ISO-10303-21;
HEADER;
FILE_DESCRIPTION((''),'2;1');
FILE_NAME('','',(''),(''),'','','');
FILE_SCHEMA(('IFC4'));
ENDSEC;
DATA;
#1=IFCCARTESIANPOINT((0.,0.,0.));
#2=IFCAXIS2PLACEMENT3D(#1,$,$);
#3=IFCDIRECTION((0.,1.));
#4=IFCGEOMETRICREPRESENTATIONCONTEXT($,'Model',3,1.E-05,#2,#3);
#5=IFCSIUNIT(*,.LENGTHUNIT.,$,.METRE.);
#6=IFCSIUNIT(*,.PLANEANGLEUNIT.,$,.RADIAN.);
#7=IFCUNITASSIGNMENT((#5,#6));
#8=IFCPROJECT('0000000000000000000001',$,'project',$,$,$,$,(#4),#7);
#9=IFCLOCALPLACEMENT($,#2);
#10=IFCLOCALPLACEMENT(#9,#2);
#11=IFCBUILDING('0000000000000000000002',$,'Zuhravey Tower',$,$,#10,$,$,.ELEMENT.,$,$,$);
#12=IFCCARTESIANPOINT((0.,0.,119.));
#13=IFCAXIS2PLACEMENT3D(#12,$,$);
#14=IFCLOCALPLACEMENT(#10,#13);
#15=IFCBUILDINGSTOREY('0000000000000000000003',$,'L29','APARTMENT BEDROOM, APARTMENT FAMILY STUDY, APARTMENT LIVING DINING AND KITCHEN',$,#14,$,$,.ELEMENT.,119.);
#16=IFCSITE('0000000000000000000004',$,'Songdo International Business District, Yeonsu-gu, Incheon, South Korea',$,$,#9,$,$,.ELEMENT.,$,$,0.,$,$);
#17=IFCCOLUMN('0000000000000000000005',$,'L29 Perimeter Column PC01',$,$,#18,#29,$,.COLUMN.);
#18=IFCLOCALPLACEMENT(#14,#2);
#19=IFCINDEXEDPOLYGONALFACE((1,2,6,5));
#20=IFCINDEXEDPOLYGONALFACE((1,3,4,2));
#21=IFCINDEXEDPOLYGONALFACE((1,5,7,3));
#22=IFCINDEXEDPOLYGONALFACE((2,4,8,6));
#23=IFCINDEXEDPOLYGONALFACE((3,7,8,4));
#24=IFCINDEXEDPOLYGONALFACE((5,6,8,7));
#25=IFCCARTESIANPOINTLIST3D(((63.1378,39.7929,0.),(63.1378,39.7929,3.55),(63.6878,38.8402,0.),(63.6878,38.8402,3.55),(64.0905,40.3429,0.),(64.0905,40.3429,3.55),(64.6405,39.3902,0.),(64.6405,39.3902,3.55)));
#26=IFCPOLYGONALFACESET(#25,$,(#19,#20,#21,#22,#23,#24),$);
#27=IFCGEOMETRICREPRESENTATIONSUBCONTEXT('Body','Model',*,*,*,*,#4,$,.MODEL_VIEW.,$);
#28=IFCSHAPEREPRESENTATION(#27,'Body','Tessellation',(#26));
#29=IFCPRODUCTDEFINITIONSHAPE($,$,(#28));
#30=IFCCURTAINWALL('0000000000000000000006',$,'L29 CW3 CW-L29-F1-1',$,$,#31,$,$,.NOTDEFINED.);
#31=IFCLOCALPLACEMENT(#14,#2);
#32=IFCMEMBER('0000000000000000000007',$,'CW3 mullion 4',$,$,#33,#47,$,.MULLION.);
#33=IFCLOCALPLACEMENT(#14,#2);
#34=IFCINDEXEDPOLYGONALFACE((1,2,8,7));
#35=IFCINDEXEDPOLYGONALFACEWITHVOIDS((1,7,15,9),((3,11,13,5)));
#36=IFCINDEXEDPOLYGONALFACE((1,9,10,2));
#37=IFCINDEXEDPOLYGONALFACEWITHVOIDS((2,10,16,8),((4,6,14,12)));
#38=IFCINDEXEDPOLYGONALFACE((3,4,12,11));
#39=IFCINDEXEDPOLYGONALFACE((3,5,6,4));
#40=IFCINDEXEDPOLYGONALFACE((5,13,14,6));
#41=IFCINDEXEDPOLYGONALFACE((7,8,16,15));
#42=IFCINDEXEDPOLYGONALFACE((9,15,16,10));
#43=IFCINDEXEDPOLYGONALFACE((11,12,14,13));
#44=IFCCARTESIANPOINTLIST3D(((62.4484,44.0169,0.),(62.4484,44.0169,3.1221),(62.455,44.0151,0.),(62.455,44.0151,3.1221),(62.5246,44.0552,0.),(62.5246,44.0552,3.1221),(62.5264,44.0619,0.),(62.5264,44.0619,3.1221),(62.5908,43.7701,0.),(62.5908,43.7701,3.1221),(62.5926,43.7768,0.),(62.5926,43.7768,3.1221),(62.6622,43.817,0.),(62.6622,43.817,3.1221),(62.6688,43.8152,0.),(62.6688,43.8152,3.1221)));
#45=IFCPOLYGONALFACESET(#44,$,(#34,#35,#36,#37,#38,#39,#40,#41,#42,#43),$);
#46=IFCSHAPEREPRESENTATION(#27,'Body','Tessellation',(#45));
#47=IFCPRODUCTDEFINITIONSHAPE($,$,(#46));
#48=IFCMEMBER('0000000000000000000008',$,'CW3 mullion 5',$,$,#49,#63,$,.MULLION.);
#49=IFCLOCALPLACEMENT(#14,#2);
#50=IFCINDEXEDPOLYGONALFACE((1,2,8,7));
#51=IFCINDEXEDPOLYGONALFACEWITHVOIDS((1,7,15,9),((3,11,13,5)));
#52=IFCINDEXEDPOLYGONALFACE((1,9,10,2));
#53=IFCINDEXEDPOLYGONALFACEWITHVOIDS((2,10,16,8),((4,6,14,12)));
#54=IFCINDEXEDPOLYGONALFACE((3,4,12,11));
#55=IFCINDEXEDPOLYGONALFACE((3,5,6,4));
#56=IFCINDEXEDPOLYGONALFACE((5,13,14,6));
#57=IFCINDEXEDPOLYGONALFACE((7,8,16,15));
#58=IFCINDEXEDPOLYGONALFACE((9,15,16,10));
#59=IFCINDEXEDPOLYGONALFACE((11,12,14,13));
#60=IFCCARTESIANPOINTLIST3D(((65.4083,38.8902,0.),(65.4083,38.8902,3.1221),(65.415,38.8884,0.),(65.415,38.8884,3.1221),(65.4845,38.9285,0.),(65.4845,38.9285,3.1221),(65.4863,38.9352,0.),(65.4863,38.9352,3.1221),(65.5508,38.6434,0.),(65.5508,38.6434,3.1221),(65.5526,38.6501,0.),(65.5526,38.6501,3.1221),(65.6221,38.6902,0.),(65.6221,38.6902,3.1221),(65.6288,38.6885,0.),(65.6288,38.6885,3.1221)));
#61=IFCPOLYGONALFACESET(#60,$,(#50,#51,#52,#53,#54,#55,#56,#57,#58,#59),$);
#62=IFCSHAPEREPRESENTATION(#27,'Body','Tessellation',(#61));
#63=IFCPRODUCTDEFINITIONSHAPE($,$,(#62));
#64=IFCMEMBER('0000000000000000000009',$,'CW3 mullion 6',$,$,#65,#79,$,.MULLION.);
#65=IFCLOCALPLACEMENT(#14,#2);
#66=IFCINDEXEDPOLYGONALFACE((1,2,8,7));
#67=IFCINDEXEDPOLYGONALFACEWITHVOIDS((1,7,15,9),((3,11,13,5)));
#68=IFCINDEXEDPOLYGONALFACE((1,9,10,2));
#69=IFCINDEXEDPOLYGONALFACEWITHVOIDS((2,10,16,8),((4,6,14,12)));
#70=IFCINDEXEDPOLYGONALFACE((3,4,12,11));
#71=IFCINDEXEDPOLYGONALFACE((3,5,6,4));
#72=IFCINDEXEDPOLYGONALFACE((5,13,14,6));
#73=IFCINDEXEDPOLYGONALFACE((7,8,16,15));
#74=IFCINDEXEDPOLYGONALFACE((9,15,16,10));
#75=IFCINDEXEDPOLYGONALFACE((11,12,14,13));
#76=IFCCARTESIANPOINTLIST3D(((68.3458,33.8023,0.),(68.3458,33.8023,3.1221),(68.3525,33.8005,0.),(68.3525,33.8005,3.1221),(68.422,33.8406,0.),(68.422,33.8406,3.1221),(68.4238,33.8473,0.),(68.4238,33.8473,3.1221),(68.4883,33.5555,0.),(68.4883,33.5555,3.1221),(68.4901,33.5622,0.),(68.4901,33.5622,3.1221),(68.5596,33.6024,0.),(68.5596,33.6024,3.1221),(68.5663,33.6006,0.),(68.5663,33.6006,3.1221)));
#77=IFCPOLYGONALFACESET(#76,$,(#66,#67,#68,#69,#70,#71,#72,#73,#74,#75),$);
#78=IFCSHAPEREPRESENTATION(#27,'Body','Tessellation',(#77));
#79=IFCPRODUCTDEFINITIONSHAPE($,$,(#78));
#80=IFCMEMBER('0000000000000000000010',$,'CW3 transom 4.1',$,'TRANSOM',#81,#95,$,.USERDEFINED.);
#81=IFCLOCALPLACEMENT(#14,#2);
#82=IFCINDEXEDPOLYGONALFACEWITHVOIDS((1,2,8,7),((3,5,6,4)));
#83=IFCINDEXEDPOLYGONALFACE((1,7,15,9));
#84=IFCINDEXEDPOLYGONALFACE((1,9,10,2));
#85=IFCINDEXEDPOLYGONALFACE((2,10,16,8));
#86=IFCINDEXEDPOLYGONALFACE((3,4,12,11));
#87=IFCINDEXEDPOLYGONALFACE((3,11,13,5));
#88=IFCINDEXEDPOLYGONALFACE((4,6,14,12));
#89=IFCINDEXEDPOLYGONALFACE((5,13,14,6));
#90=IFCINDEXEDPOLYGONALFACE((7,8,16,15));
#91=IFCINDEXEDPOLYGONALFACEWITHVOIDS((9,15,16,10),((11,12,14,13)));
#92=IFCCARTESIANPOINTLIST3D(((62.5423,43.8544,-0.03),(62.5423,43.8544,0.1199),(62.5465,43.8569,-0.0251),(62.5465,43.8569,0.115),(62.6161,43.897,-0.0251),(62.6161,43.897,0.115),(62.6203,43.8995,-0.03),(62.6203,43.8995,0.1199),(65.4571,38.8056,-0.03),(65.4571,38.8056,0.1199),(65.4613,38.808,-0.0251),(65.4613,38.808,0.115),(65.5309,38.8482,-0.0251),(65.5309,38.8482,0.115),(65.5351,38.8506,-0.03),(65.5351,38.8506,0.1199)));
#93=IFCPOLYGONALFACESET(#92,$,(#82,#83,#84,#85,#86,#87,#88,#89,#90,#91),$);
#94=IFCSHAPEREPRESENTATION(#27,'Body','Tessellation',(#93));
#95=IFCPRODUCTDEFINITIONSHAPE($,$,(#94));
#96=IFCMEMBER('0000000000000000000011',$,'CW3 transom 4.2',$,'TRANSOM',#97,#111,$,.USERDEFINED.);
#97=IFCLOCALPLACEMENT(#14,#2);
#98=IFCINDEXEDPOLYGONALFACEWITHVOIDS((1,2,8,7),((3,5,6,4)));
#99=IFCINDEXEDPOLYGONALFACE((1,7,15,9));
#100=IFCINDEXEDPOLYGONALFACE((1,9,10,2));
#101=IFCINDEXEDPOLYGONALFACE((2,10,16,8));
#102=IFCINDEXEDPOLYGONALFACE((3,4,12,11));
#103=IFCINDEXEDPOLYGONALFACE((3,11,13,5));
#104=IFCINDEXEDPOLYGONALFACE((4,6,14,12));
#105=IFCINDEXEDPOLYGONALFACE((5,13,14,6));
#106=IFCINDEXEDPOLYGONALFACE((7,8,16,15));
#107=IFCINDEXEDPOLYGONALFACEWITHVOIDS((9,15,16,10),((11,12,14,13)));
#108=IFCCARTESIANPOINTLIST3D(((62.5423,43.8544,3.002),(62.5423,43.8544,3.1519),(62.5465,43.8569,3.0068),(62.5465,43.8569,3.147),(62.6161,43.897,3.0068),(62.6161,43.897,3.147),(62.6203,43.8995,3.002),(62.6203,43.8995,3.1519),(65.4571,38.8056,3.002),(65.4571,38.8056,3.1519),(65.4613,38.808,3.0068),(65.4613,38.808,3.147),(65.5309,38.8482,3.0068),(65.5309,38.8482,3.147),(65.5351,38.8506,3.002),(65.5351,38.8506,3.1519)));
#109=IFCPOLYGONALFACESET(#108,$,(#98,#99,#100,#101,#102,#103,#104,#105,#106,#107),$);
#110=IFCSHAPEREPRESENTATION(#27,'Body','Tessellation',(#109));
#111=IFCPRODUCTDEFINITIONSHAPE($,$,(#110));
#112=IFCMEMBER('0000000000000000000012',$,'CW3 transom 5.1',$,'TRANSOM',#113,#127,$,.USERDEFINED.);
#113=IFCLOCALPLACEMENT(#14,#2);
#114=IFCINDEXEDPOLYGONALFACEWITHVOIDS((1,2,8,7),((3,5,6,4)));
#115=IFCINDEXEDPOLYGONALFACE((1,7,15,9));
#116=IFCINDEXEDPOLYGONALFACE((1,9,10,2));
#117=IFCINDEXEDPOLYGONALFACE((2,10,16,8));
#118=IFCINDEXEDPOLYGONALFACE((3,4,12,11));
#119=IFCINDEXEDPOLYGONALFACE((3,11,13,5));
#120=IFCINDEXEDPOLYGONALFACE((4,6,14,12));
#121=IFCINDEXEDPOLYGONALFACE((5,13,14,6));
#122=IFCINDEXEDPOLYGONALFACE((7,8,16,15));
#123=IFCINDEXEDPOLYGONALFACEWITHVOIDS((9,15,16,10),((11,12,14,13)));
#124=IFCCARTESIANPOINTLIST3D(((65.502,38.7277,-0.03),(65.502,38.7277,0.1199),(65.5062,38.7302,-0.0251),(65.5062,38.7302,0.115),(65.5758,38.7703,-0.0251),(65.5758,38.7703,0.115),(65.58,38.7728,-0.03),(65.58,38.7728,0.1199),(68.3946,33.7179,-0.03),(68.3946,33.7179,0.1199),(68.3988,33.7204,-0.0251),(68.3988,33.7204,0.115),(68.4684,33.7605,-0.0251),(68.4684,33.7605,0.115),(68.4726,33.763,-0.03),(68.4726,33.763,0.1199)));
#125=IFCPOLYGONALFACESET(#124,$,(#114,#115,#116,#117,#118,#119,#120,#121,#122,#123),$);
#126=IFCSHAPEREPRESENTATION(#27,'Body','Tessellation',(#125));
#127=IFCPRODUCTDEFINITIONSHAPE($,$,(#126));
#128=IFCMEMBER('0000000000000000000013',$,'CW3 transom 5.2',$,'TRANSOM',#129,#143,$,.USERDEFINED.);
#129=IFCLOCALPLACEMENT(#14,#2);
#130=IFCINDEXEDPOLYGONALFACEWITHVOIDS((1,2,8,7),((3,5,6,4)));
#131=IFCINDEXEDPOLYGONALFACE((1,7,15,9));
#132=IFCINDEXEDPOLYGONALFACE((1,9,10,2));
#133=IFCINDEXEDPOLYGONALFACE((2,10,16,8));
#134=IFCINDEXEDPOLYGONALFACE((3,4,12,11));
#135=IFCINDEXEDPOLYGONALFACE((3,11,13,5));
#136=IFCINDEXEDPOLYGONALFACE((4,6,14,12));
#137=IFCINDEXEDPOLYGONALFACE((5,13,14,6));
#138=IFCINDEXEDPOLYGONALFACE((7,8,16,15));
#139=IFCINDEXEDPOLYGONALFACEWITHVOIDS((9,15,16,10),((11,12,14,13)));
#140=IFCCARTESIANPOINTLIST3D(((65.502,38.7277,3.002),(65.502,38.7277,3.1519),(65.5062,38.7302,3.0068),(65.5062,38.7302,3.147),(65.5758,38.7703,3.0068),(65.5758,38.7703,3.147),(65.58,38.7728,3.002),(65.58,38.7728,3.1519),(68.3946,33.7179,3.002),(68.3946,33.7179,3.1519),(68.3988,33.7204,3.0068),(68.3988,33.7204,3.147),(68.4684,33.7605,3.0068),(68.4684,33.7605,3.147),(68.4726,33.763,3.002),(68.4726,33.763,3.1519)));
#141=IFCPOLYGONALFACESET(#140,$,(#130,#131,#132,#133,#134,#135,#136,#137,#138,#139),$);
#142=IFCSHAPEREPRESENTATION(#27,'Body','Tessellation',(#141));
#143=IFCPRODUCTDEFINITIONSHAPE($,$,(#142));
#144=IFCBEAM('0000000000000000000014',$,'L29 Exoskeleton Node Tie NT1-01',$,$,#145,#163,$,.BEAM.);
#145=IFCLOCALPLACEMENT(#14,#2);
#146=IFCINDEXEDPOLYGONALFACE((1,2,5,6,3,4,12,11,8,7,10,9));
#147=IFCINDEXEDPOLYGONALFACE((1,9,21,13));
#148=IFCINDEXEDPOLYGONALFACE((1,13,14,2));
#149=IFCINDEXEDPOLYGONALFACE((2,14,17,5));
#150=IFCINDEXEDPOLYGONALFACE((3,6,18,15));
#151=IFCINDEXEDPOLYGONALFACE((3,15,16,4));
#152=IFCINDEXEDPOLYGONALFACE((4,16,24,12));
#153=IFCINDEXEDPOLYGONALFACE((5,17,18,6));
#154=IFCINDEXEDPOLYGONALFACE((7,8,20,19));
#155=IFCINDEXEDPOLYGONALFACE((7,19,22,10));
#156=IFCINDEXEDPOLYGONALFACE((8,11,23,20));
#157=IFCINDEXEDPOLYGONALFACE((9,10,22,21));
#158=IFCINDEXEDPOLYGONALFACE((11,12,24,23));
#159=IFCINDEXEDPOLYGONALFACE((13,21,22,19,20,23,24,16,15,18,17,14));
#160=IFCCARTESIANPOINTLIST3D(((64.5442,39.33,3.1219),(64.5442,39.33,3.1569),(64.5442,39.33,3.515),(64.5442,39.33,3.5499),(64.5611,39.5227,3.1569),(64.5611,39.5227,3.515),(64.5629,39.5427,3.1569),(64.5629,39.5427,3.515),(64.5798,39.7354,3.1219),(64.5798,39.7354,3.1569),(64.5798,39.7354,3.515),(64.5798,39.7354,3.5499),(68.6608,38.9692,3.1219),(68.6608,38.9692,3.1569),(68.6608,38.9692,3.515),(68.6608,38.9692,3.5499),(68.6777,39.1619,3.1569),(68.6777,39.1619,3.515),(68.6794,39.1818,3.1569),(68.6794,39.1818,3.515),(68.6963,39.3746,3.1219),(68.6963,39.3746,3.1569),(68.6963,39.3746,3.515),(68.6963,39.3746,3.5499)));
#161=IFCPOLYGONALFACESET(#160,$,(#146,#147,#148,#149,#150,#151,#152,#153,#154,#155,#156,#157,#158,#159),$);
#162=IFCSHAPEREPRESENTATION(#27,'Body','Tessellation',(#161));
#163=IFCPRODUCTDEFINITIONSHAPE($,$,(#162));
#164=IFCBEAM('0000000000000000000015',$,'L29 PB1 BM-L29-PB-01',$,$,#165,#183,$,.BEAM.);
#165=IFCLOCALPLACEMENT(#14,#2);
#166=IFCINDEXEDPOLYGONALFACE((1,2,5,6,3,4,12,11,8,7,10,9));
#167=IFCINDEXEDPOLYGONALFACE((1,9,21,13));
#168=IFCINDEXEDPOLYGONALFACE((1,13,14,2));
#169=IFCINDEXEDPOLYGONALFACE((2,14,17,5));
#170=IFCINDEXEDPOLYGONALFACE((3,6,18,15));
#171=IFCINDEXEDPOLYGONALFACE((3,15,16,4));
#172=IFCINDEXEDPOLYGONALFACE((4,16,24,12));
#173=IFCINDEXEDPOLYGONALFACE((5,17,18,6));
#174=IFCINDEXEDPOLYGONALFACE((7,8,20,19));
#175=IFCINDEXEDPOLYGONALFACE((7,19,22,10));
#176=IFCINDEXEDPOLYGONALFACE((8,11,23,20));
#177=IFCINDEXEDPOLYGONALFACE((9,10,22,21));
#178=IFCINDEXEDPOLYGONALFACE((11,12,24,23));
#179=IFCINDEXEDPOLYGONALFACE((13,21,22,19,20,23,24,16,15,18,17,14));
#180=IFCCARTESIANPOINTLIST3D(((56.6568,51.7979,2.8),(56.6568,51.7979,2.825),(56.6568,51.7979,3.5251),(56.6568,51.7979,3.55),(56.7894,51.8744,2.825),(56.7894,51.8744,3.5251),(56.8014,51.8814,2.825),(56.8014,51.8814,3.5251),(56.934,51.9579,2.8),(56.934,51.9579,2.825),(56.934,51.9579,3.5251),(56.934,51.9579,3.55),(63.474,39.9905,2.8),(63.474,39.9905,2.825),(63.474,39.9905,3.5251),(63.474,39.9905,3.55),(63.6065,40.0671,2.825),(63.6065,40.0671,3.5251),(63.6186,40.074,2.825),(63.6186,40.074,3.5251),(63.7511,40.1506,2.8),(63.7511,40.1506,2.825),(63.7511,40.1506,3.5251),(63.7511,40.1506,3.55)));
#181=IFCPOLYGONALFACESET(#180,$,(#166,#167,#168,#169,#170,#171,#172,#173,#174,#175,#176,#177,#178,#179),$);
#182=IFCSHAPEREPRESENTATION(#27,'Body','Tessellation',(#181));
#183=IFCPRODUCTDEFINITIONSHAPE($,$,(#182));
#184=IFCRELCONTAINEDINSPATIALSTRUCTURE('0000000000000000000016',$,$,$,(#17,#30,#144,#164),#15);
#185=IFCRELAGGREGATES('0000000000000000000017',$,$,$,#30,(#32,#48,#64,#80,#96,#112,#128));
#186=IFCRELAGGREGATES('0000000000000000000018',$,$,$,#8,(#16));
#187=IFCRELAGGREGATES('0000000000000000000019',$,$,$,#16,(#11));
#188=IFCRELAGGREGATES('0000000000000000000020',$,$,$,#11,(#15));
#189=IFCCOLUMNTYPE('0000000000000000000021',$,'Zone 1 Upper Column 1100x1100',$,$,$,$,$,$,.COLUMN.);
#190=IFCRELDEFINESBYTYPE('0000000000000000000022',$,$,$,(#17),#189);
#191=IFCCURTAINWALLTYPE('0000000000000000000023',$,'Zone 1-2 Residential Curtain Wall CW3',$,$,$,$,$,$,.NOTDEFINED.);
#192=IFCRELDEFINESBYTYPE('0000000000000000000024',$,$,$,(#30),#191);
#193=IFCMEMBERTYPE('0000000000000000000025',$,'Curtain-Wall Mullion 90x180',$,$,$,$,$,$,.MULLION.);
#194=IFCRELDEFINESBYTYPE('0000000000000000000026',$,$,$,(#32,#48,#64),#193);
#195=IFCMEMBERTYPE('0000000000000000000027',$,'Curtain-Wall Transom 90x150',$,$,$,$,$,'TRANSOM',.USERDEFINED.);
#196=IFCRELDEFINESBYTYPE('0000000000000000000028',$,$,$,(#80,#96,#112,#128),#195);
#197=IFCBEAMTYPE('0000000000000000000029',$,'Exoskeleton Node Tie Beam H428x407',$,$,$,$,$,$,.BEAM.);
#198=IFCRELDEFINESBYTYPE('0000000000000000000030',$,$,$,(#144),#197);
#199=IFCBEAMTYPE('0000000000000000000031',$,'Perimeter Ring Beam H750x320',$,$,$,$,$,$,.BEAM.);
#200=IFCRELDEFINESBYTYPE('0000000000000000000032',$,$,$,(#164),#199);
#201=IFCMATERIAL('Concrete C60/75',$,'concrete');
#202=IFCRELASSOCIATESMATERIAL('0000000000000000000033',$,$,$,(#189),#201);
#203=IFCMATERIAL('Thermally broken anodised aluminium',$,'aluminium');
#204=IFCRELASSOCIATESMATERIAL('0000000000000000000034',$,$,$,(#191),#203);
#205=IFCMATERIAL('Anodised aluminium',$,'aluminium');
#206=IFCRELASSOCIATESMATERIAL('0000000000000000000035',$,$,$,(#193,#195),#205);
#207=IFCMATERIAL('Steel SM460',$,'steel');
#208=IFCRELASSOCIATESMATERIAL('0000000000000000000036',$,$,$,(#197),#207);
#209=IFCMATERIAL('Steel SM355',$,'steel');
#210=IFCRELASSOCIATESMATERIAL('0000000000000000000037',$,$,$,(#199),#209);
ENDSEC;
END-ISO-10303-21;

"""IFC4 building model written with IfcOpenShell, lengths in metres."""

from ifc_helpers import new_model, si_unit, direction, frame, origin, origin_2d, place, context, subcontext, project, spatial, rectangle, hollow_rectangle, i_section, extrude, material, material_profile, profile_set, type_object, element, aggregate, save


model = new_model("IFC4")

# Units and contexts
model_context = context("Model", 3, precision=1e-05, world=origin(), true_north=direction((0.0, 1.0)))
body_context = subcontext(model_context, "Body", "Model", "MODEL_VIEW")
ifc_project = project(units=[si_unit("LENGTHUNIT", "METRE"), si_unit("PLANEANGLEUNIT", "RADIAN")], contexts=[model_context])

# Site, building, storey
site_placement = place(None, origin())
site = spatial("IfcSite", under=ifc_project, at=site_placement, Name="Songdo International Business District, Yeonsu-gu, Incheon, South Korea", CompositionType="ELEMENT", RefElevation=0.0)
building_placement = place(site_placement, origin())
building = spatial("IfcBuilding", under=site, at=building_placement, Name="Zuhravey Tower", CompositionType="ELEMENT")
storey_placement = place(building_placement, frame((0.0, 0.0, 119.0)))
storey = spatial("IfcBuildingStorey", under=building, at=storey_placement, Name="L29", Description="APARTMENT BEDROOM, APARTMENT FAMILY STUDY, APARTMENT LIVING DINING AND KITCHEN", CompositionType="ELEMENT", Elevation=119.0)

# Column
ifc_material_1 = material(Name="Concrete C60/75", Category="concrete")
ifc_material_profile_1 = material_profile(ifc_material_1, rectangle(XDim=1.1001, YDim=1.1001, at=origin_2d()), Name="RC-1100x1100")
ifc_profile_set_1 = profile_set([ifc_material_profile_1], Name="Concrete C60/75")
column_type = type_object("IfcColumnType", Name="Zone 1 Upper Column 1100x1100", PredefinedType="COLUMN", material=ifc_profile_set_1)
column_placement = place(storey_placement, frame((63.8892, 39.5916, 0.0), z_axis=(0.0, 0.0, 1.0), x_axis=(-0.5, 0.866025, 0.0)))
element("IfcColumn", 1, at=column_placement, inside=storey, type_object=column_type, Name="L29 Perimeter Column PC01", PredefinedType="COLUMN", context=body_context, shape_type="SweptSolid", body=[
    extrude(rectangle(XDim=1.1001, YDim=1.1001, at=origin_2d()), origin(), (0.0, 0.0, 1.0), 3.55),
])

# Curtain wall, members
ifc_material_2 = material(Name="Thermally broken anodised aluminium", Category="aluminium")
curtain_wall_type = type_object("IfcCurtainWallType", Name="Zone 1-2 Residential Curtain Wall CW3", PredefinedType="NOTDEFINED", material=ifc_material_2)
curtain_wall_placement = place(storey_placement, origin())
curtain_wall = element("IfcCurtainWall", 2, at=curtain_wall_placement, inside=storey, type_object=curtain_wall_type, Name="L29 CW3 CW-L29-F1-1", PredefinedType="NOTDEFINED")
ifc_material_3 = material(Name="Anodised aluminium", Category="aluminium")
ifc_material_profile_2 = material_profile(ifc_material_3, hollow_rectangle(XDim=0.0901, YDim=0.2849, WallThickness=0.0049, at=origin_2d()), Name="ALU-RHS-90x285x5")
ifc_profile_set_2 = profile_set([ifc_material_profile_2], Name="Anodised aluminium")
member_type_1 = type_object("IfcMemberType", Name="Curtain-Wall Mullion 90x180", PredefinedType="MULLION", material=ifc_profile_set_2)
member_1_placement = place(storey_placement, frame((62.5586, 43.916, 0.0), z_axis=(0.0, 0.0, 1.0), x_axis=(0.866026, 0.5, 0.0)))
member_1 = element("IfcMember", 3, at=member_1_placement, type_object=member_type_1, Name="CW3 mullion 4", PredefinedType="MULLION", context=body_context, shape_type="SweptSolid", body=[
    extrude(hollow_rectangle(XDim=0.0901, YDim=0.2849, WallThickness=0.0049, at=origin_2d()), origin(), (0.0, 0.0, 1.0), 3.1221),
])
member_2_placement = place(storey_placement, frame((65.5186, 38.7893, 0.0), z_axis=(0.0, 0.0, 1.0), x_axis=(0.866026, 0.5, 0.0)))
member_2 = element("IfcMember", 4, at=member_2_placement, type_object=member_type_1, Name="CW3 mullion 5", PredefinedType="MULLION", context=body_context, shape_type="SweptSolid", body=[
    extrude(hollow_rectangle(XDim=0.0901, YDim=0.2849, WallThickness=0.0049, at=origin_2d()), origin(), (0.0, 0.0, 1.0), 3.1221),
])
member_3_placement = place(storey_placement, frame((68.4561, 33.7014, 0.0), z_axis=(0.0, 0.0, 1.0), x_axis=(0.866026, 0.5, 0.0)))
member_3 = element("IfcMember", 5, at=member_3_placement, type_object=member_type_1, Name="CW3 mullion 6", PredefinedType="MULLION", context=body_context, shape_type="SweptSolid", body=[
    extrude(hollow_rectangle(XDim=0.0901, YDim=0.2849, WallThickness=0.0049, at=origin_2d()), origin(), (0.0, 0.0, 1.0), 3.1221),
])
ifc_material_profile_3 = material_profile(ifc_material_3, hollow_rectangle(XDim=0.0901, YDim=0.1499, WallThickness=0.0049, at=origin_2d()), Name="ALU-RHS-90x150x5")
ifc_profile_set_3 = profile_set([ifc_material_profile_3], Name="Anodised aluminium")
member_type_2 = type_object("IfcMemberType", Name="Curtain-Wall Transom 90x150", ElementType="TRANSOM", PredefinedType="USERDEFINED", material=ifc_profile_set_3)
member_4_placement = place(storey_placement, frame((62.5813, 43.877, 0.0449), z_axis=(0.499981, -0.866036, 0.0), x_axis=(0.866036, 0.499981, 0.0)))
member_4 = element("IfcMember", 6, at=member_4_placement, type_object=member_type_2, Name="CW3 transom 4.1", ObjectType="TRANSOM", PredefinedType="USERDEFINED", context=body_context, shape_type="SweptSolid", body=[
    extrude(hollow_rectangle(XDim=0.0901, YDim=0.1499, WallThickness=0.0049, at=origin_2d()), origin(), (0.0, 0.0, 1.0), 5.8298),
])
member_5_placement = place(storey_placement, frame((62.5813, 43.877, 3.0769), z_axis=(0.499981, -0.866036, 0.0), x_axis=(0.866036, 0.499981, 0.0)))
member_5 = element("IfcMember", 7, at=member_5_placement, type_object=member_type_2, Name="CW3 transom 4.2", ObjectType="TRANSOM", PredefinedType="USERDEFINED", context=body_context, shape_type="SweptSolid", body=[
    extrude(hollow_rectangle(XDim=0.0901, YDim=0.1499, WallThickness=0.0049, at=origin_2d()), origin(), (0.0, 0.0, 1.0), 5.8298),
])
member_6_placement = place(storey_placement, frame((65.541, 38.7502, 0.0449), z_axis=(0.500024, -0.866011, 0.0), x_axis=(0.866011, 0.500024, 0.0)))
member_6 = element("IfcMember", 8, at=member_6_placement, type_object=member_type_2, Name="CW3 transom 5.1", ObjectType="TRANSOM", PredefinedType="USERDEFINED", context=body_context, shape_type="SweptSolid", body=[
    extrude(hollow_rectangle(XDim=0.0901, YDim=0.1499, WallThickness=0.0049, at=origin_2d()), origin(), (0.0, 0.0, 1.0), 5.7849),
])
member_7_placement = place(storey_placement, frame((65.541, 38.7502, 3.0769), z_axis=(0.500024, -0.866011, 0.0), x_axis=(0.866011, 0.500024, 0.0)))
member_7 = element("IfcMember", 9, at=member_7_placement, type_object=member_type_2, Name="CW3 transom 5.2", ObjectType="TRANSOM", PredefinedType="USERDEFINED", context=body_context, shape_type="SweptSolid", body=[
    extrude(hollow_rectangle(XDim=0.0901, YDim=0.1499, WallThickness=0.0049, at=origin_2d()), origin(), (0.0, 0.0, 1.0), 5.7849),
])

# Beams
ifc_material_4 = material(Name="Steel SM460", Category="steel")
ifc_material_profile_4 = material_profile(ifc_material_4, i_section(OverallWidth=0.407, OverallDepth=0.428, WebThickness=0.02, FlangeThickness=0.0349, at=origin_2d()), Name="H-428x407x20x35")
ifc_profile_set_4 = profile_set([ifc_material_profile_4], Name="Steel SM460")
beam_type_1 = type_object("IfcBeamType", Name="Exoskeleton Node Tie Beam H428x407", PredefinedType="BEAM", material=ifc_profile_set_4)
beam_1_placement = place(storey_placement, frame((64.562, 39.5327, 3.3359), z_axis=(0.99618, -0.087323, 0.0), x_axis=(0.087323, 0.99618, 0.0)))
element("IfcBeam", 10, at=beam_1_placement, inside=storey, type_object=beam_type_1, Name="L29 Exoskeleton Node Tie NT1-01", PredefinedType="BEAM", context=body_context, shape_type="SweptSolid", body=[
    extrude(i_section(OverallWidth=0.407, OverallDepth=0.428, WebThickness=0.02, FlangeThickness=0.0349, at=origin_2d()), origin(), (0.0, 0.0, 1.0), 4.1323),
])
ifc_material_5 = material(Name="Steel SM355", Category="steel")
ifc_material_profile_5 = material_profile(ifc_material_5, i_section(OverallWidth=0.3201, OverallDepth=0.75, WebThickness=0.0139, FlangeThickness=0.0249, at=origin_2d()), Name="H-750x320x14x25")
ifc_profile_set_5 = profile_set([ifc_material_profile_5], Name="Steel SM355")
beam_type_2 = type_object("IfcBeamType", Name="Perimeter Ring Beam H750x320", PredefinedType="BEAM", material=ifc_profile_set_5)
beam_2_placement = place(storey_placement, frame((63.6125, 40.0706, 3.175), z_axis=(-0.500008, 0.866021, 0.0), x_axis=(-0.866021, -0.500008, 0.0)))
element("IfcBeam", 11, at=beam_2_placement, inside=storey, type_object=beam_type_2, Name="L29 PB1 BM-L29-PB-01", PredefinedType="BEAM", context=body_context, shape_type="SweptSolid", body=[
    extrude(i_section(OverallWidth=0.3201, OverallDepth=0.75, WebThickness=0.0139, FlangeThickness=0.0249, at=origin_2d()), origin(), (0.0, 0.0, 1.0), 13.634),
])

aggregate(curtain_wall, [member_1, member_2, member_3, member_4, member_5, member_6, member_7])

save(model, "model.ifc")
